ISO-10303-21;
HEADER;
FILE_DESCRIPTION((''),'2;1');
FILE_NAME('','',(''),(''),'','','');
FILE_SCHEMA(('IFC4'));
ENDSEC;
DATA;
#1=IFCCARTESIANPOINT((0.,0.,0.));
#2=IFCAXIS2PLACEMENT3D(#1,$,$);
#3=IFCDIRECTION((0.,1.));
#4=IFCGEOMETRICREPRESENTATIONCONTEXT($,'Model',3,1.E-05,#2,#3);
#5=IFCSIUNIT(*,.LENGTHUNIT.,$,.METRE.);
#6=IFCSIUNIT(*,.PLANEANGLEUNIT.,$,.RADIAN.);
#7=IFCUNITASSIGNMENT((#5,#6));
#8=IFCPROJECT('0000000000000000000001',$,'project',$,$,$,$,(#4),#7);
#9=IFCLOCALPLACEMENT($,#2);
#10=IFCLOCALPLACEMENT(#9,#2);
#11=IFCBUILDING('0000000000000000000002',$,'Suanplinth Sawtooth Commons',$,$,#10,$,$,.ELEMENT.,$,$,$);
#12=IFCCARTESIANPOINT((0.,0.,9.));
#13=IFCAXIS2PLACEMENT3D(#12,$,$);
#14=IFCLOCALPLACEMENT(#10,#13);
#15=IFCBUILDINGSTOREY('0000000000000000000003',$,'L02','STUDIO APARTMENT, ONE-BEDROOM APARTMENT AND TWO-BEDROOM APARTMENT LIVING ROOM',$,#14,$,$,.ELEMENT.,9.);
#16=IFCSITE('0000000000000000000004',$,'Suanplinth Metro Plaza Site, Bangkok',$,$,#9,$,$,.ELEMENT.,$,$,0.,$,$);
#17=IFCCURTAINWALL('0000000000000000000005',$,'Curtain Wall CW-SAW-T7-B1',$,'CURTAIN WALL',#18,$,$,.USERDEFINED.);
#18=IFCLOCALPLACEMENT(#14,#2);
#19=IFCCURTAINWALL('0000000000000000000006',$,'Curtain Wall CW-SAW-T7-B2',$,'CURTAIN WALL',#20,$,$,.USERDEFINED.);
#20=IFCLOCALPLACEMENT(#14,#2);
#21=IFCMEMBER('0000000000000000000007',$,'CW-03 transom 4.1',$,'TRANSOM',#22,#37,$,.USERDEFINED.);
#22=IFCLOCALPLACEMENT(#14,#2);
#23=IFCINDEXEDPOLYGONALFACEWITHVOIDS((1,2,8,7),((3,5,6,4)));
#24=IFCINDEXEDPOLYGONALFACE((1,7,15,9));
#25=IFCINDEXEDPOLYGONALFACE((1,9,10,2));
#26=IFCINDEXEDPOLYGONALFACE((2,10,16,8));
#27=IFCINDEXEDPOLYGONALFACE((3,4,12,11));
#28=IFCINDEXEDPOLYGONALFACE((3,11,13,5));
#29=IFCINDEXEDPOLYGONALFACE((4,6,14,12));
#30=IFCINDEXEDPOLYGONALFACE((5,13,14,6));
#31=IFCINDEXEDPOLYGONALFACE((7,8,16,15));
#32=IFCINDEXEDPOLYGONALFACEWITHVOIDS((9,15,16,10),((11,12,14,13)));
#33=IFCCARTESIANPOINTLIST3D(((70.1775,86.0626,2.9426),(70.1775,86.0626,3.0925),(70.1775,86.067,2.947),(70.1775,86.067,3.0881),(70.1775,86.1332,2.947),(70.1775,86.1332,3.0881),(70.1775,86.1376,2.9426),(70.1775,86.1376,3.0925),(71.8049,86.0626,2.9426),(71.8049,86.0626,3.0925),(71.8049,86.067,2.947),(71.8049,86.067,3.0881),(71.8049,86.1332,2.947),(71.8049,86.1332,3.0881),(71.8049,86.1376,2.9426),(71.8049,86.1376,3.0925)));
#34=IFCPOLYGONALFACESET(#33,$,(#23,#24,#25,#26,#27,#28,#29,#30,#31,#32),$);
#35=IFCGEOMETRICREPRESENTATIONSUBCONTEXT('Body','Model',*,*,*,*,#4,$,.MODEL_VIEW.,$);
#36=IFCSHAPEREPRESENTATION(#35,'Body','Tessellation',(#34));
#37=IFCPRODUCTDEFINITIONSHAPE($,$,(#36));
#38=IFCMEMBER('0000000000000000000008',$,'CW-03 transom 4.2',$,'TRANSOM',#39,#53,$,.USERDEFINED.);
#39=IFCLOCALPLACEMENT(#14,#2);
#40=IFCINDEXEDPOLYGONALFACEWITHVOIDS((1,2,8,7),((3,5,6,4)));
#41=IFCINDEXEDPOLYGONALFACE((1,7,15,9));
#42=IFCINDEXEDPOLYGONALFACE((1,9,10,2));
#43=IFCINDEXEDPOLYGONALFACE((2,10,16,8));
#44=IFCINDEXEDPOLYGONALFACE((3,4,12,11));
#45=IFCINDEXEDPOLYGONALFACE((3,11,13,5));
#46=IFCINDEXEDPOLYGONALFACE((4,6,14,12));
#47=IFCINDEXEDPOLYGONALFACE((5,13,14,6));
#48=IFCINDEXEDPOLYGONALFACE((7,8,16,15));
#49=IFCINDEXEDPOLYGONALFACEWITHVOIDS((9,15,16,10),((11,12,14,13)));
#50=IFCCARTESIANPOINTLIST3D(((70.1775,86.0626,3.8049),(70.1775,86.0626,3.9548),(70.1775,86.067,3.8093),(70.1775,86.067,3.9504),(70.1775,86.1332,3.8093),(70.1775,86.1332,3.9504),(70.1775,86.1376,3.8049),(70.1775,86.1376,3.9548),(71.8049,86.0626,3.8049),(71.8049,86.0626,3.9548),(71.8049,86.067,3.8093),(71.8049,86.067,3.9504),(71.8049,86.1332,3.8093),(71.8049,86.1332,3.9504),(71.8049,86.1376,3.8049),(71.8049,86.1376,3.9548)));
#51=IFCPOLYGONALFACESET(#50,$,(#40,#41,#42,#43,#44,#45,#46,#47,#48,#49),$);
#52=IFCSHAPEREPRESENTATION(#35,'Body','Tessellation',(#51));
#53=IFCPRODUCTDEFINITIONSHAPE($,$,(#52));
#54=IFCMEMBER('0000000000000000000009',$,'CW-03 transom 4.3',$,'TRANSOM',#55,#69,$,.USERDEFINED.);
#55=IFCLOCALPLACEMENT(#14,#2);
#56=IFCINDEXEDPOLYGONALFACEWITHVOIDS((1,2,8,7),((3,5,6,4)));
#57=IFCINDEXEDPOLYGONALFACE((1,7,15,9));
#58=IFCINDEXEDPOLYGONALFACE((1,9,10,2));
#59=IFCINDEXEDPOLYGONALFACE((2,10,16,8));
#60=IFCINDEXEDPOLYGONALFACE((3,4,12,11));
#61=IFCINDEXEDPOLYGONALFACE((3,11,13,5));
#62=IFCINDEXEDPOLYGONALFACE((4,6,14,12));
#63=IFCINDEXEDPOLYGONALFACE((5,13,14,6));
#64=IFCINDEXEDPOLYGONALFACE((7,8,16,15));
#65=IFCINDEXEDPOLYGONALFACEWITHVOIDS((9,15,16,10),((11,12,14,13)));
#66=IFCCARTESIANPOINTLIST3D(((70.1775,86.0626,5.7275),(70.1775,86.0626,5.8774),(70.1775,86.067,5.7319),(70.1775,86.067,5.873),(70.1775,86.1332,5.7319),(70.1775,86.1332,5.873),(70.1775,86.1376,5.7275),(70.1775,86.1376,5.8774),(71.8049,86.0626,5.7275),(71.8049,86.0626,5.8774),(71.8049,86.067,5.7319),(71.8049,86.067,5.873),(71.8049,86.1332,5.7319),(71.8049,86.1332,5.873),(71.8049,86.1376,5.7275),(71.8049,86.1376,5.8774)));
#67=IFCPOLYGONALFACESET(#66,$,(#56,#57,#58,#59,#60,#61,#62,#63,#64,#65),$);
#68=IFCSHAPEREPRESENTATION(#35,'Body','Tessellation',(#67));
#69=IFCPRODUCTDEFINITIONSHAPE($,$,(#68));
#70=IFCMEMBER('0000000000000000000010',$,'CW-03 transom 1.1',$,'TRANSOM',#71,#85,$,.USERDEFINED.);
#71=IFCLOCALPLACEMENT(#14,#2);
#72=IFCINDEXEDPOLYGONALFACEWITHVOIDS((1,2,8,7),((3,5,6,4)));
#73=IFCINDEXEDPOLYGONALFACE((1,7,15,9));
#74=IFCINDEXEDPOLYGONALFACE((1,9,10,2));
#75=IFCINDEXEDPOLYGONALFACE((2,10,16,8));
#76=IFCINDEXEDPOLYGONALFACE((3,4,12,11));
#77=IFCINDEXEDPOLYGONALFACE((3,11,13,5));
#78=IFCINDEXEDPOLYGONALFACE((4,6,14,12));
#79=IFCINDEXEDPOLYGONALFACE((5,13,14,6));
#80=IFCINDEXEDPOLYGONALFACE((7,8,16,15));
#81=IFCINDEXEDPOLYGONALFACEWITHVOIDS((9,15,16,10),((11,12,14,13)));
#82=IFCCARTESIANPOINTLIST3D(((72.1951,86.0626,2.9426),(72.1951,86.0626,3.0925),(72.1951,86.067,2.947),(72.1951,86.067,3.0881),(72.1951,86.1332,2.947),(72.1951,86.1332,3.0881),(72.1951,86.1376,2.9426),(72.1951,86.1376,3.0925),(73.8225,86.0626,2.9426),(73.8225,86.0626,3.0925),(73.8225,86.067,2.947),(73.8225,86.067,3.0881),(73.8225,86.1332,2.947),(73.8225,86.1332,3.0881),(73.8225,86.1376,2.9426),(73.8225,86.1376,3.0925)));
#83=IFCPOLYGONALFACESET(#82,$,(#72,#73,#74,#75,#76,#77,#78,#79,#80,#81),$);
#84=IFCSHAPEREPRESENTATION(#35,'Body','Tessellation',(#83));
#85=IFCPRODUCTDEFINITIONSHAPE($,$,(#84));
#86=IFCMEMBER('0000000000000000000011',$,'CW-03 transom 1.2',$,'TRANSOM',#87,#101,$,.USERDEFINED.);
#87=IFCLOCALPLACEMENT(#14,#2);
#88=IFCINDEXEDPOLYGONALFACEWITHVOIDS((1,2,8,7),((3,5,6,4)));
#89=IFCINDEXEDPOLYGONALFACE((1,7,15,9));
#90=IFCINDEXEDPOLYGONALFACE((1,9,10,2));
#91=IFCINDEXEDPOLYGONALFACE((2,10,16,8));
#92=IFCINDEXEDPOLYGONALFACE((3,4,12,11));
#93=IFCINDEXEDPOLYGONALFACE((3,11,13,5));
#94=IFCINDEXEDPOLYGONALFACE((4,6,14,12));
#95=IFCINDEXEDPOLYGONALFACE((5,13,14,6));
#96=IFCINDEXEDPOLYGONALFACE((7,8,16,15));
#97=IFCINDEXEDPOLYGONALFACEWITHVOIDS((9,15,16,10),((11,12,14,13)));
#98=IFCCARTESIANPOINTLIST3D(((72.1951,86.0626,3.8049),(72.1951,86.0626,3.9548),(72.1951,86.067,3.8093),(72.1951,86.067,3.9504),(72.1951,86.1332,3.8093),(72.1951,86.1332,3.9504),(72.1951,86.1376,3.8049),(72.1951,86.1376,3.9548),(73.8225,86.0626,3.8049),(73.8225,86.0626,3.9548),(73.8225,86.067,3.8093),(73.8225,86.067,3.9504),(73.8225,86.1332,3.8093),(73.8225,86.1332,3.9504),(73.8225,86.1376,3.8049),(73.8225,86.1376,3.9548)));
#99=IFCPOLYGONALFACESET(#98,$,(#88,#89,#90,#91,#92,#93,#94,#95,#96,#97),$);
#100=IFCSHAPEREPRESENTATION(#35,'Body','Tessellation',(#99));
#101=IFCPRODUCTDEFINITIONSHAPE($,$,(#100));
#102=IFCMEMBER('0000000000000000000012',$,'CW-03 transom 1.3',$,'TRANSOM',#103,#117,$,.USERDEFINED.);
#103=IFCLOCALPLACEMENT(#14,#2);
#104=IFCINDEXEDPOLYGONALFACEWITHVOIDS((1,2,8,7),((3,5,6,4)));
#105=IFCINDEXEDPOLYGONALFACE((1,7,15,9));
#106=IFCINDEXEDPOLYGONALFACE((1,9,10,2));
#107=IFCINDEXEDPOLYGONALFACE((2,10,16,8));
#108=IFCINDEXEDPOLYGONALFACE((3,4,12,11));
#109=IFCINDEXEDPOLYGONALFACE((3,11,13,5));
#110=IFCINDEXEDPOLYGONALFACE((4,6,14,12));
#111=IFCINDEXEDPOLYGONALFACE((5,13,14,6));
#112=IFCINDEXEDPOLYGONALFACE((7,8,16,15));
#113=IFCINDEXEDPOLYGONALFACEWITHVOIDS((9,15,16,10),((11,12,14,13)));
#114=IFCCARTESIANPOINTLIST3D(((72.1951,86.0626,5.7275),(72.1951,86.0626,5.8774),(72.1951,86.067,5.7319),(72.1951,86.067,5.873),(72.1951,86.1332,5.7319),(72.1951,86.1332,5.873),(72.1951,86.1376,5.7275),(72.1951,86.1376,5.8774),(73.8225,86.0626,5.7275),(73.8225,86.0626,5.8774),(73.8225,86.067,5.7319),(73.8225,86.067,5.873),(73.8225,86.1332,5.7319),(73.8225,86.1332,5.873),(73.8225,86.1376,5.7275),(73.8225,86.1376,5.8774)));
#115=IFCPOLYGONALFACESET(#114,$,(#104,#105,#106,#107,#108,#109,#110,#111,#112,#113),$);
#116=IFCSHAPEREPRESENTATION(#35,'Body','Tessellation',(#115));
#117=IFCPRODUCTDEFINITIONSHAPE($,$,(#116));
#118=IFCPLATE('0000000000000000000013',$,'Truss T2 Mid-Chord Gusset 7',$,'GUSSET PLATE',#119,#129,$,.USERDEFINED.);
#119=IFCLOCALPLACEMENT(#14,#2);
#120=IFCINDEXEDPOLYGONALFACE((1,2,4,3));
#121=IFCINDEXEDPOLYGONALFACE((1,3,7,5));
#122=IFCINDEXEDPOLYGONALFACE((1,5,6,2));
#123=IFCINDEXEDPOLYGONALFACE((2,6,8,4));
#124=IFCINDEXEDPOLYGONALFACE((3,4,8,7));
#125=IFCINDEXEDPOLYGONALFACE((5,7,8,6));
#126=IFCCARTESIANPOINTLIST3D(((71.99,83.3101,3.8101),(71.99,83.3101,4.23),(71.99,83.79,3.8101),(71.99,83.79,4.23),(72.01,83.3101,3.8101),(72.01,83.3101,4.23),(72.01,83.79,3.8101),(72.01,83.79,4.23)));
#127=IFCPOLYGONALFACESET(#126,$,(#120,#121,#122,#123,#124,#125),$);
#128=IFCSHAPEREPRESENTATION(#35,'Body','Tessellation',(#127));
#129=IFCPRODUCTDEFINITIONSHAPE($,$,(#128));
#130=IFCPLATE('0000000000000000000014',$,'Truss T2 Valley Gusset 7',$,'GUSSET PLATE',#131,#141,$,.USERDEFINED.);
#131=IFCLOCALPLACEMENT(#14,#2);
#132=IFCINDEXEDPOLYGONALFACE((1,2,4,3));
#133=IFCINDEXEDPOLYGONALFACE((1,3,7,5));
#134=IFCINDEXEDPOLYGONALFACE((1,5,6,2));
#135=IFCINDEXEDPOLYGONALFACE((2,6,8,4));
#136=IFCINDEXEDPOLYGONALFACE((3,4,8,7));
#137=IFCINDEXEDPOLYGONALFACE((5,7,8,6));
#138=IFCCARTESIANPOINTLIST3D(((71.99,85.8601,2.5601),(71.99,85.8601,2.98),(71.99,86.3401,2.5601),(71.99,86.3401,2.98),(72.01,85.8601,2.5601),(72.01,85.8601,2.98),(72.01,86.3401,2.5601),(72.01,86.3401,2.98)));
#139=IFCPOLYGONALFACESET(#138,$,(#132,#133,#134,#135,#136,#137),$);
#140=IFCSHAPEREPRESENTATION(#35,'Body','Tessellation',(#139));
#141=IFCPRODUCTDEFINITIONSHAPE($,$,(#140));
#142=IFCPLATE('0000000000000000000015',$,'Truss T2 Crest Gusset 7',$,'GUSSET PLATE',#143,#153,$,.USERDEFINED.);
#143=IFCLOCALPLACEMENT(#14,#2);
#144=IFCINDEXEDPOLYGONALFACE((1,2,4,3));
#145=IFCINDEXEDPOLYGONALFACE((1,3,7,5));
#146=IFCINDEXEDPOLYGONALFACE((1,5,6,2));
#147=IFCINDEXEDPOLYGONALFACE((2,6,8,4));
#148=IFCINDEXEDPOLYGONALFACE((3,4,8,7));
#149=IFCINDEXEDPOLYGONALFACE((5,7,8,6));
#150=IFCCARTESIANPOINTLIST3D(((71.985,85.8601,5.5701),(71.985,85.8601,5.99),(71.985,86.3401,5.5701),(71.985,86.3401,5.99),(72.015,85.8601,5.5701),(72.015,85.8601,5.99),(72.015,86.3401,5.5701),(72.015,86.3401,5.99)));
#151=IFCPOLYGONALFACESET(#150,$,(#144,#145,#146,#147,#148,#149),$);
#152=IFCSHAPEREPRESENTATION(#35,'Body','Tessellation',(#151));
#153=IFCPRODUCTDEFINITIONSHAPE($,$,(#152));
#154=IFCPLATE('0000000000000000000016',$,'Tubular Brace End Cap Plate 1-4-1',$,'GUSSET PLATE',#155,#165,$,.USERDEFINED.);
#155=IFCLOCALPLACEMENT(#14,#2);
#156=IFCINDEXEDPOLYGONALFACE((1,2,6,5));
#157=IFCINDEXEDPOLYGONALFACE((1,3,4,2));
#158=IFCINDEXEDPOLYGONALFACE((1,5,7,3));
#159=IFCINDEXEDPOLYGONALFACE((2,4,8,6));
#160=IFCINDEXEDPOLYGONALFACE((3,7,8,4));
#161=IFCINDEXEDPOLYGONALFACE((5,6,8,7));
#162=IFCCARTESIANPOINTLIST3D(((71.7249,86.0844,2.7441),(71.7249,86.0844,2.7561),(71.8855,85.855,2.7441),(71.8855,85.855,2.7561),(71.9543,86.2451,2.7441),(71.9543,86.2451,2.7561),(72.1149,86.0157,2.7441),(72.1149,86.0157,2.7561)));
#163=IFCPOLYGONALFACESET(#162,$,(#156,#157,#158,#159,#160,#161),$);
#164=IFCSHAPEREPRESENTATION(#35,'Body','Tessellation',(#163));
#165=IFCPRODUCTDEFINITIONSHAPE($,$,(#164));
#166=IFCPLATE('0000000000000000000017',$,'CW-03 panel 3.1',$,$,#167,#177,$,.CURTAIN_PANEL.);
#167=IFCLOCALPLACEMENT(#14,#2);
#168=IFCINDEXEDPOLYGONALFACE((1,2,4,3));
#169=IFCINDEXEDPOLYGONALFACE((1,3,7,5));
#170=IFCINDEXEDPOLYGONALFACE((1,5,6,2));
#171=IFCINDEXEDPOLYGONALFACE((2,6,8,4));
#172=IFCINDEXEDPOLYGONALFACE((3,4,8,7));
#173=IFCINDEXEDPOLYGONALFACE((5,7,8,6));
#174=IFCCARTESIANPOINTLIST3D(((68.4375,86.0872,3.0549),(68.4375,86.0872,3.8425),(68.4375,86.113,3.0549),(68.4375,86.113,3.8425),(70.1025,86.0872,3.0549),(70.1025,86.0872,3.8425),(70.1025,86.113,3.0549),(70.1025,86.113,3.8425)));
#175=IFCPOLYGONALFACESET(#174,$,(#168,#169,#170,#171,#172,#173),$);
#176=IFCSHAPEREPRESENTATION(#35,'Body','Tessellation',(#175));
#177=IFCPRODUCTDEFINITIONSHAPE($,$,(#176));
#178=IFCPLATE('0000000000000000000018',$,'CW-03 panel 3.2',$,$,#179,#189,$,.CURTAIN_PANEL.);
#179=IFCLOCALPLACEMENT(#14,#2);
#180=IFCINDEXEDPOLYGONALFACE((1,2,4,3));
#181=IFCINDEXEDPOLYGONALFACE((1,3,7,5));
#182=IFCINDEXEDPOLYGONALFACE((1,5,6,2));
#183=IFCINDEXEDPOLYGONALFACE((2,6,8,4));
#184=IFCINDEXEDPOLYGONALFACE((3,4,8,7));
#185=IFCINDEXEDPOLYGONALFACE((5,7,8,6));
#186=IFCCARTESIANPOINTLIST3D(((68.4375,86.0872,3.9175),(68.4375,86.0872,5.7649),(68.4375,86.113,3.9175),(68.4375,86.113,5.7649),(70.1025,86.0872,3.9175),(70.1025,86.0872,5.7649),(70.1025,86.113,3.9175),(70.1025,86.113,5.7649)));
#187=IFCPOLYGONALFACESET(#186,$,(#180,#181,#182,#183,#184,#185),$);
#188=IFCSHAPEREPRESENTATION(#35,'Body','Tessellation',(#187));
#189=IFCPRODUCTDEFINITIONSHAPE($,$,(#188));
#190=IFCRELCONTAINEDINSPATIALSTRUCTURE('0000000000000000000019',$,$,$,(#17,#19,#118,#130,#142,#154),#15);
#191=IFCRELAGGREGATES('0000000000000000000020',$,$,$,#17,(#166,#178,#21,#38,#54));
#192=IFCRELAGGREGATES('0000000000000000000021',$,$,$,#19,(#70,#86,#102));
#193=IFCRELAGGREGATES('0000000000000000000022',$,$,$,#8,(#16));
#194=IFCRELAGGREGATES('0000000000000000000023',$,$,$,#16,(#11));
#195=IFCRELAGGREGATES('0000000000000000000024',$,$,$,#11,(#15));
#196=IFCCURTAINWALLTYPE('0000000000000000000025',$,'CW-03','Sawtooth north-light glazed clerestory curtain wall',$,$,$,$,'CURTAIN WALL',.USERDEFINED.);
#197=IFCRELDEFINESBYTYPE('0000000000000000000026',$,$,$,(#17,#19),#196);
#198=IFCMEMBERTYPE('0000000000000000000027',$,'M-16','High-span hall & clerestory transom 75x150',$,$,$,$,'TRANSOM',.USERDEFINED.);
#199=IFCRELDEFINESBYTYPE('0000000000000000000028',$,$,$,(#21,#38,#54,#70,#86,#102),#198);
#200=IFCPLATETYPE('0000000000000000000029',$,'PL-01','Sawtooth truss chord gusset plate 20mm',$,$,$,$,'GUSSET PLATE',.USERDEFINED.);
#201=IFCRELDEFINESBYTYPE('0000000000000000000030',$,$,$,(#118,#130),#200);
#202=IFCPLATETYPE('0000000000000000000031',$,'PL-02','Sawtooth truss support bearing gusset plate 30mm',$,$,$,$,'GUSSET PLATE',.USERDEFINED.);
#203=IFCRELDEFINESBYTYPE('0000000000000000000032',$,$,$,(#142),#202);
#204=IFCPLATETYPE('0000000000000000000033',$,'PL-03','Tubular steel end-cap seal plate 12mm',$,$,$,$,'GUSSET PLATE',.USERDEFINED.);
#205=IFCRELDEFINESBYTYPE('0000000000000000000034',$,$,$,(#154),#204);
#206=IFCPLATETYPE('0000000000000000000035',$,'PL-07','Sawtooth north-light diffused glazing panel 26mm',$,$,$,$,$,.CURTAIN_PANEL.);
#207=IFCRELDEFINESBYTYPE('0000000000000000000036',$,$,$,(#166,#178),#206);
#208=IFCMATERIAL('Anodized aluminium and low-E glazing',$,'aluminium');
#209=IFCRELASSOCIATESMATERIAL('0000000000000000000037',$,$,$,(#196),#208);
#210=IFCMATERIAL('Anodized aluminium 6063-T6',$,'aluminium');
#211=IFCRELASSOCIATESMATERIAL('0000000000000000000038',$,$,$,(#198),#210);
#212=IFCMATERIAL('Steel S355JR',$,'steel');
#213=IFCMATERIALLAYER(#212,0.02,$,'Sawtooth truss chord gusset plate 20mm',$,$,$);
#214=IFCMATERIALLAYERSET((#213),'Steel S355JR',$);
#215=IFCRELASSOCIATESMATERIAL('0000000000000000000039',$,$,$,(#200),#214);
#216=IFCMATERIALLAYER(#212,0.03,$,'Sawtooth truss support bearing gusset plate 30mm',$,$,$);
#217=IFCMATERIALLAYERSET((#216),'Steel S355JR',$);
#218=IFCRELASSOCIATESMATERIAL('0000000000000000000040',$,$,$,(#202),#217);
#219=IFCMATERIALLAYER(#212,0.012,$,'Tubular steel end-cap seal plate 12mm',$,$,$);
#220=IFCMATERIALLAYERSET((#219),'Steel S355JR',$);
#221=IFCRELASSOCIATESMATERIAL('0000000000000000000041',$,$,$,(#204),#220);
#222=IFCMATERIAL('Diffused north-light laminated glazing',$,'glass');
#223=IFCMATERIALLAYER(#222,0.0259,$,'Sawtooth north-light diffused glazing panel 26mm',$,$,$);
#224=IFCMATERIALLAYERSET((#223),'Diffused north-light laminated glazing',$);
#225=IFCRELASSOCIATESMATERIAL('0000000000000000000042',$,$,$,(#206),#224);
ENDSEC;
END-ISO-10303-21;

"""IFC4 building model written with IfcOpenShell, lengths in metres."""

from ifc_helpers import new_model, si_unit, direction, frame, origin, origin_2d, place, context, subcontext, project, spatial, rectangle, hollow_rectangle, extrude, material, layer, layer_set, material_profile, profile_set, type_object, element, aggregate, save


model = new_model("IFC4")

# Units and contexts
model_context = context("Model", 3, precision=1e-05, world=origin(), true_north=direction((0.0, 1.0)))
body_context = subcontext(model_context, "Body", "Model", "MODEL_VIEW")
ifc_project = project(units=[si_unit("LENGTHUNIT", "METRE"), si_unit("PLANEANGLEUNIT", "RADIAN")], contexts=[model_context])

# Site, building, storey
site_placement = place(None, origin())
site = spatial("IfcSite", under=ifc_project, at=site_placement, Name="Suanplinth Metro Plaza Site, Bangkok", CompositionType="ELEMENT", RefElevation=0.0)
building_placement = place(site_placement, origin())
building = spatial("IfcBuilding", under=site, at=building_placement, Name="Suanplinth Sawtooth Commons", CompositionType="ELEMENT")
storey_placement = place(building_placement, frame((0.0, 0.0, 9.0)))
storey = spatial("IfcBuildingStorey", under=building, at=storey_placement, Name="L02", Description="STUDIO APARTMENT, ONE-BEDROOM APARTMENT AND TWO-BEDROOM APARTMENT LIVING ROOM", CompositionType="ELEMENT", Elevation=9.0)

# Shared definitions
ifc_material_1 = material(Name="Steel S355JR", Category="steel")

# Curtain wall
ifc_material_2 = material(Name="Anodized aluminium and low-E glazing", Category="aluminium")
curtain_wall_type = type_object("IfcCurtainWallType", Name="CW-03", Description="Sawtooth north-light glazed clerestory curtain wall", ElementType="CURTAIN WALL", PredefinedType="USERDEFINED", material=ifc_material_2)
curtain_wall_1_placement = place(storey_placement, origin())
curtain_wall_1 = element("IfcCurtainWall", 1, at=curtain_wall_1_placement, inside=storey, type_object=curtain_wall_type, Name="Curtain Wall CW-SAW-T7-B1", ObjectType="CURTAIN WALL", PredefinedType="USERDEFINED")
ifc_material_3 = material(Name="Anodized aluminium 6063-T6", Category="aluminium")

# Curtain wall
curtain_wall_2_placement = place(storey_placement, origin())
curtain_wall_2 = element("IfcCurtainWall", 2, at=curtain_wall_2_placement, inside=storey, type_object=curtain_wall_type, Name="Curtain Wall CW-SAW-T7-B2", ObjectType="CURTAIN WALL", PredefinedType="USERDEFINED")

# Members
ifc_material_profile_1 = material_profile(ifc_material_3, hollow_rectangle(XDim=0.075, YDim=0.1499, WallThickness=0.0044, at=origin_2d()), Name="ALU-TRN 75x150")
ifc_profile_set_1 = profile_set([ifc_material_profile_1], Name="Anodized aluminium 6063-T6")
member_type_1 = type_object("IfcMemberType", Name="M-16", Description="High-span hall & clerestory transom 75x150", ElementType="TRANSOM", PredefinedType="USERDEFINED", material=ifc_profile_set_1)
member_1_placement = place(storey_placement, frame((70.1775, 86.1001, 3.0176), z_axis=(1.0, 0.0, 0.0), x_axis=(0.0, 1.0, 0.0)))
member_1 = element("IfcMember", 3, at=member_1_placement, type_object=member_type_1, Name="CW-03 transom 4.1", ObjectType="TRANSOM", PredefinedType="USERDEFINED", context=body_context, shape_type="SweptSolid", body=[
    extrude(hollow_rectangle(XDim=0.075, YDim=0.1499, WallThickness=0.0044, at=origin_2d()), origin(), (0.0, 0.0, 1.0), 1.6274),
])
member_2_placement = place(storey_placement, frame((70.1775, 86.1001, 3.8799), z_axis=(1.0, 0.0, 0.0), x_axis=(0.0, 1.0, 0.0)))
member_2 = element("IfcMember", 4, at=member_2_placement, type_object=member_type_1, Name="CW-03 transom 4.2", ObjectType="TRANSOM", PredefinedType="USERDEFINED", context=body_context, shape_type="SweptSolid", body=[
    extrude(hollow_rectangle(XDim=0.075, YDim=0.1499, WallThickness=0.0044, at=origin_2d()), origin(), (0.0, 0.0, 1.0), 1.6274),
])
member_3_placement = place(storey_placement, frame((70.1775, 86.1001, 5.8025), z_axis=(1.0, 0.0, 0.0), x_axis=(0.0, 1.0, 0.0)))
member_3 = element("IfcMember", 5, at=member_3_placement, type_object=member_type_1, Name="CW-03 transom 4.3", ObjectType="TRANSOM", PredefinedType="USERDEFINED", context=body_context, shape_type="SweptSolid", body=[
    extrude(hollow_rectangle(XDim=0.075, YDim=0.1499, WallThickness=0.0044, at=origin_2d()), origin(), (0.0, 0.0, 1.0), 1.6274),
])
member_4_placement = place(storey_placement, frame((72.1951, 86.1001, 3.0176), z_axis=(1.0, 0.0, 0.0), x_axis=(0.0, 1.0, 0.0)))
member_4 = element("IfcMember", 6, at=member_4_placement, type_object=member_type_1, Name="CW-03 transom 1.1", ObjectType="TRANSOM", PredefinedType="USERDEFINED", context=body_context, shape_type="SweptSolid", body=[
    extrude(hollow_rectangle(XDim=0.075, YDim=0.1499, WallThickness=0.0044, at=origin_2d()), origin(), (0.0, 0.0, 1.0), 1.6274),
])
member_5_placement = place(storey_placement, frame((72.1951, 86.1001, 3.8799), z_axis=(1.0, 0.0, 0.0), x_axis=(0.0, 1.0, 0.0)))
member_5 = element("IfcMember", 7, at=member_5_placement, type_object=member_type_1, Name="CW-03 transom 1.2", ObjectType="TRANSOM", PredefinedType="USERDEFINED", context=body_context, shape_type="SweptSolid", body=[
    extrude(hollow_rectangle(XDim=0.075, YDim=0.1499, WallThickness=0.0044, at=origin_2d()), origin(), (0.0, 0.0, 1.0), 1.6274),
])
member_6_placement = place(storey_placement, frame((72.1951, 86.1001, 5.8025), z_axis=(1.0, 0.0, 0.0), x_axis=(0.0, 1.0, 0.0)))
member_6 = element("IfcMember", 8, at=member_6_placement, type_object=member_type_1, Name="CW-03 transom 1.3", ObjectType="TRANSOM", PredefinedType="USERDEFINED", context=body_context, shape_type="SweptSolid", body=[
    extrude(hollow_rectangle(XDim=0.075, YDim=0.1499, WallThickness=0.0044, at=origin_2d()), origin(), (0.0, 0.0, 1.0), 1.6274),
])

# Plates
ifc_layer_1 = layer(ifc_material_1, 0.02, Name="Sawtooth truss chord gusset plate 20mm")
ifc_layer_set_1 = layer_set([ifc_layer_1], Name="Steel S355JR")
plate_type_1 = type_object("IfcPlateType", Name="PL-01", Description="Sawtooth truss chord gusset plate 20mm", ElementType="GUSSET PLATE", PredefinedType="USERDEFINED", material=ifc_layer_set_1)
for number, where, z_axis, x_axis, name in (
    (9, (72.0, 83.55, 3.8101), (0.0, 0.0, 1.0), (1.0, 0.0, 0.0), "Truss T2 Mid-Chord Gusset 7"),
    (10, (72.0, 86.1001, 2.5601), (0.0, 0.0, 1.0), (1.0, 0.0, 0.0), "Truss T2 Valley Gusset 7"),
):
    element("IfcPlate", number, at=place(storey_placement, frame(where, z_axis=z_axis, x_axis=x_axis)), inside=storey, type_object=plate_type_1, Name=name, ObjectType="GUSSET PLATE", PredefinedType="USERDEFINED", context=body_context, shape_type="SweptSolid", body=[
        extrude(rectangle(XDim=0.02, YDim=0.48, at=origin_2d()), origin(), (0.0, 0.0, 1.0), 0.4199),
    ])
ifc_layer_2 = layer(ifc_material_1, 0.03, Name="Sawtooth truss support bearing gusset plate 30mm")
ifc_layer_set_2 = layer_set([ifc_layer_2], Name="Steel S355JR")
plate_type_2 = type_object("IfcPlateType", Name="PL-02", Description="Sawtooth truss support bearing gusset plate 30mm", ElementType="GUSSET PLATE", PredefinedType="USERDEFINED", material=ifc_layer_set_2)
plate_1_placement = place(storey_placement, frame((72.0, 86.1001, 5.5701), z_axis=(0.0, 0.0, 1.0), x_axis=(1.0, 0.0, 0.0)))
element("IfcPlate", 11, at=plate_1_placement, inside=storey, type_object=plate_type_2, Name="Truss T2 Crest Gusset 7", ObjectType="GUSSET PLATE", PredefinedType="USERDEFINED", context=body_context, shape_type="SweptSolid", body=[
    extrude(rectangle(XDim=0.03, YDim=0.48, at=origin_2d()), origin(), (0.0, 0.0, 1.0), 0.4199),
])
ifc_layer_3 = layer(ifc_material_1, 0.012, Name="Tubular steel end-cap seal plate 12mm")
ifc_layer_set_3 = layer_set([ifc_layer_3], Name="Steel S355JR")
plate_type_3 = type_object("IfcPlateType", Name="PL-03", Description="Tubular steel end-cap seal plate 12mm", ElementType="GUSSET PLATE", PredefinedType="USERDEFINED", material=ifc_layer_set_3)
plate_2_placement = place(storey_placement, frame((71.9199, 86.05, 2.7441), z_axis=(0.0, 0.0, 1.0), x_axis=(0.819152, 0.573576, 0.0)))
element("IfcPlate", 12, at=plate_2_placement, inside=storey, type_object=plate_type_3, Name="Tubular Brace End Cap Plate 1-4-1", ObjectType="GUSSET PLATE", PredefinedType="USERDEFINED", context=body_context, shape_type="SweptSolid", body=[
    extrude(rectangle(XDim=0.28, YDim=0.28, at=origin_2d()), origin(), (0.0, 0.0, 1.0), 0.012),
])

# Plates
ifc_material_4 = material(Name="Diffused north-light laminated glazing", Category="glass")
ifc_layer_4 = layer(ifc_material_4, 0.0259, Name="Sawtooth north-light diffused glazing panel 26mm")
ifc_layer_set_4 = layer_set([ifc_layer_4], Name="Diffused north-light laminated glazing")
plate_type_4 = type_object("IfcPlateType", Name="PL-07", Description="Sawtooth north-light diffused glazing panel 26mm", PredefinedType="CURTAIN_PANEL", material=ifc_layer_set_4)
plate_3_placement = place(storey_placement, frame((69.27, 86.1001, 3.0549), z_axis=(0.0, 0.0, 1.0), x_axis=(1.0, 0.0, 0.0)))
plate_3 = element("IfcPlate", 13, at=plate_3_placement, type_object=plate_type_4, Name="CW-03 panel 3.1", PredefinedType="CURTAIN_PANEL", context=body_context, shape_type="SweptSolid", body=[
    extrude(rectangle(XDim=1.665, YDim=0.0259, at=origin_2d()), origin(), (0.0, 0.0, 1.0), 0.7876),
])
plate_4_placement = place(storey_placement, frame((69.27, 86.1001, 3.9175), z_axis=(0.0, 0.0, 1.0), x_axis=(1.0, 0.0, 0.0)))
plate_4 = element("IfcPlate", 14, at=plate_4_placement, type_object=plate_type_4, Name="CW-03 panel 3.2", PredefinedType="CURTAIN_PANEL", context=body_context, shape_type="SweptSolid", body=[
    extrude(rectangle(XDim=1.665, YDim=0.0259, at=origin_2d()), origin(), (0.0, 0.0, 1.0), 1.8474),
])
aggregate(curtain_wall_1, [plate_3, plate_4, member_1, member_2, member_3])
aggregate(curtain_wall_2, [member_4, member_5, member_6])

save(model, "model.ifc")
